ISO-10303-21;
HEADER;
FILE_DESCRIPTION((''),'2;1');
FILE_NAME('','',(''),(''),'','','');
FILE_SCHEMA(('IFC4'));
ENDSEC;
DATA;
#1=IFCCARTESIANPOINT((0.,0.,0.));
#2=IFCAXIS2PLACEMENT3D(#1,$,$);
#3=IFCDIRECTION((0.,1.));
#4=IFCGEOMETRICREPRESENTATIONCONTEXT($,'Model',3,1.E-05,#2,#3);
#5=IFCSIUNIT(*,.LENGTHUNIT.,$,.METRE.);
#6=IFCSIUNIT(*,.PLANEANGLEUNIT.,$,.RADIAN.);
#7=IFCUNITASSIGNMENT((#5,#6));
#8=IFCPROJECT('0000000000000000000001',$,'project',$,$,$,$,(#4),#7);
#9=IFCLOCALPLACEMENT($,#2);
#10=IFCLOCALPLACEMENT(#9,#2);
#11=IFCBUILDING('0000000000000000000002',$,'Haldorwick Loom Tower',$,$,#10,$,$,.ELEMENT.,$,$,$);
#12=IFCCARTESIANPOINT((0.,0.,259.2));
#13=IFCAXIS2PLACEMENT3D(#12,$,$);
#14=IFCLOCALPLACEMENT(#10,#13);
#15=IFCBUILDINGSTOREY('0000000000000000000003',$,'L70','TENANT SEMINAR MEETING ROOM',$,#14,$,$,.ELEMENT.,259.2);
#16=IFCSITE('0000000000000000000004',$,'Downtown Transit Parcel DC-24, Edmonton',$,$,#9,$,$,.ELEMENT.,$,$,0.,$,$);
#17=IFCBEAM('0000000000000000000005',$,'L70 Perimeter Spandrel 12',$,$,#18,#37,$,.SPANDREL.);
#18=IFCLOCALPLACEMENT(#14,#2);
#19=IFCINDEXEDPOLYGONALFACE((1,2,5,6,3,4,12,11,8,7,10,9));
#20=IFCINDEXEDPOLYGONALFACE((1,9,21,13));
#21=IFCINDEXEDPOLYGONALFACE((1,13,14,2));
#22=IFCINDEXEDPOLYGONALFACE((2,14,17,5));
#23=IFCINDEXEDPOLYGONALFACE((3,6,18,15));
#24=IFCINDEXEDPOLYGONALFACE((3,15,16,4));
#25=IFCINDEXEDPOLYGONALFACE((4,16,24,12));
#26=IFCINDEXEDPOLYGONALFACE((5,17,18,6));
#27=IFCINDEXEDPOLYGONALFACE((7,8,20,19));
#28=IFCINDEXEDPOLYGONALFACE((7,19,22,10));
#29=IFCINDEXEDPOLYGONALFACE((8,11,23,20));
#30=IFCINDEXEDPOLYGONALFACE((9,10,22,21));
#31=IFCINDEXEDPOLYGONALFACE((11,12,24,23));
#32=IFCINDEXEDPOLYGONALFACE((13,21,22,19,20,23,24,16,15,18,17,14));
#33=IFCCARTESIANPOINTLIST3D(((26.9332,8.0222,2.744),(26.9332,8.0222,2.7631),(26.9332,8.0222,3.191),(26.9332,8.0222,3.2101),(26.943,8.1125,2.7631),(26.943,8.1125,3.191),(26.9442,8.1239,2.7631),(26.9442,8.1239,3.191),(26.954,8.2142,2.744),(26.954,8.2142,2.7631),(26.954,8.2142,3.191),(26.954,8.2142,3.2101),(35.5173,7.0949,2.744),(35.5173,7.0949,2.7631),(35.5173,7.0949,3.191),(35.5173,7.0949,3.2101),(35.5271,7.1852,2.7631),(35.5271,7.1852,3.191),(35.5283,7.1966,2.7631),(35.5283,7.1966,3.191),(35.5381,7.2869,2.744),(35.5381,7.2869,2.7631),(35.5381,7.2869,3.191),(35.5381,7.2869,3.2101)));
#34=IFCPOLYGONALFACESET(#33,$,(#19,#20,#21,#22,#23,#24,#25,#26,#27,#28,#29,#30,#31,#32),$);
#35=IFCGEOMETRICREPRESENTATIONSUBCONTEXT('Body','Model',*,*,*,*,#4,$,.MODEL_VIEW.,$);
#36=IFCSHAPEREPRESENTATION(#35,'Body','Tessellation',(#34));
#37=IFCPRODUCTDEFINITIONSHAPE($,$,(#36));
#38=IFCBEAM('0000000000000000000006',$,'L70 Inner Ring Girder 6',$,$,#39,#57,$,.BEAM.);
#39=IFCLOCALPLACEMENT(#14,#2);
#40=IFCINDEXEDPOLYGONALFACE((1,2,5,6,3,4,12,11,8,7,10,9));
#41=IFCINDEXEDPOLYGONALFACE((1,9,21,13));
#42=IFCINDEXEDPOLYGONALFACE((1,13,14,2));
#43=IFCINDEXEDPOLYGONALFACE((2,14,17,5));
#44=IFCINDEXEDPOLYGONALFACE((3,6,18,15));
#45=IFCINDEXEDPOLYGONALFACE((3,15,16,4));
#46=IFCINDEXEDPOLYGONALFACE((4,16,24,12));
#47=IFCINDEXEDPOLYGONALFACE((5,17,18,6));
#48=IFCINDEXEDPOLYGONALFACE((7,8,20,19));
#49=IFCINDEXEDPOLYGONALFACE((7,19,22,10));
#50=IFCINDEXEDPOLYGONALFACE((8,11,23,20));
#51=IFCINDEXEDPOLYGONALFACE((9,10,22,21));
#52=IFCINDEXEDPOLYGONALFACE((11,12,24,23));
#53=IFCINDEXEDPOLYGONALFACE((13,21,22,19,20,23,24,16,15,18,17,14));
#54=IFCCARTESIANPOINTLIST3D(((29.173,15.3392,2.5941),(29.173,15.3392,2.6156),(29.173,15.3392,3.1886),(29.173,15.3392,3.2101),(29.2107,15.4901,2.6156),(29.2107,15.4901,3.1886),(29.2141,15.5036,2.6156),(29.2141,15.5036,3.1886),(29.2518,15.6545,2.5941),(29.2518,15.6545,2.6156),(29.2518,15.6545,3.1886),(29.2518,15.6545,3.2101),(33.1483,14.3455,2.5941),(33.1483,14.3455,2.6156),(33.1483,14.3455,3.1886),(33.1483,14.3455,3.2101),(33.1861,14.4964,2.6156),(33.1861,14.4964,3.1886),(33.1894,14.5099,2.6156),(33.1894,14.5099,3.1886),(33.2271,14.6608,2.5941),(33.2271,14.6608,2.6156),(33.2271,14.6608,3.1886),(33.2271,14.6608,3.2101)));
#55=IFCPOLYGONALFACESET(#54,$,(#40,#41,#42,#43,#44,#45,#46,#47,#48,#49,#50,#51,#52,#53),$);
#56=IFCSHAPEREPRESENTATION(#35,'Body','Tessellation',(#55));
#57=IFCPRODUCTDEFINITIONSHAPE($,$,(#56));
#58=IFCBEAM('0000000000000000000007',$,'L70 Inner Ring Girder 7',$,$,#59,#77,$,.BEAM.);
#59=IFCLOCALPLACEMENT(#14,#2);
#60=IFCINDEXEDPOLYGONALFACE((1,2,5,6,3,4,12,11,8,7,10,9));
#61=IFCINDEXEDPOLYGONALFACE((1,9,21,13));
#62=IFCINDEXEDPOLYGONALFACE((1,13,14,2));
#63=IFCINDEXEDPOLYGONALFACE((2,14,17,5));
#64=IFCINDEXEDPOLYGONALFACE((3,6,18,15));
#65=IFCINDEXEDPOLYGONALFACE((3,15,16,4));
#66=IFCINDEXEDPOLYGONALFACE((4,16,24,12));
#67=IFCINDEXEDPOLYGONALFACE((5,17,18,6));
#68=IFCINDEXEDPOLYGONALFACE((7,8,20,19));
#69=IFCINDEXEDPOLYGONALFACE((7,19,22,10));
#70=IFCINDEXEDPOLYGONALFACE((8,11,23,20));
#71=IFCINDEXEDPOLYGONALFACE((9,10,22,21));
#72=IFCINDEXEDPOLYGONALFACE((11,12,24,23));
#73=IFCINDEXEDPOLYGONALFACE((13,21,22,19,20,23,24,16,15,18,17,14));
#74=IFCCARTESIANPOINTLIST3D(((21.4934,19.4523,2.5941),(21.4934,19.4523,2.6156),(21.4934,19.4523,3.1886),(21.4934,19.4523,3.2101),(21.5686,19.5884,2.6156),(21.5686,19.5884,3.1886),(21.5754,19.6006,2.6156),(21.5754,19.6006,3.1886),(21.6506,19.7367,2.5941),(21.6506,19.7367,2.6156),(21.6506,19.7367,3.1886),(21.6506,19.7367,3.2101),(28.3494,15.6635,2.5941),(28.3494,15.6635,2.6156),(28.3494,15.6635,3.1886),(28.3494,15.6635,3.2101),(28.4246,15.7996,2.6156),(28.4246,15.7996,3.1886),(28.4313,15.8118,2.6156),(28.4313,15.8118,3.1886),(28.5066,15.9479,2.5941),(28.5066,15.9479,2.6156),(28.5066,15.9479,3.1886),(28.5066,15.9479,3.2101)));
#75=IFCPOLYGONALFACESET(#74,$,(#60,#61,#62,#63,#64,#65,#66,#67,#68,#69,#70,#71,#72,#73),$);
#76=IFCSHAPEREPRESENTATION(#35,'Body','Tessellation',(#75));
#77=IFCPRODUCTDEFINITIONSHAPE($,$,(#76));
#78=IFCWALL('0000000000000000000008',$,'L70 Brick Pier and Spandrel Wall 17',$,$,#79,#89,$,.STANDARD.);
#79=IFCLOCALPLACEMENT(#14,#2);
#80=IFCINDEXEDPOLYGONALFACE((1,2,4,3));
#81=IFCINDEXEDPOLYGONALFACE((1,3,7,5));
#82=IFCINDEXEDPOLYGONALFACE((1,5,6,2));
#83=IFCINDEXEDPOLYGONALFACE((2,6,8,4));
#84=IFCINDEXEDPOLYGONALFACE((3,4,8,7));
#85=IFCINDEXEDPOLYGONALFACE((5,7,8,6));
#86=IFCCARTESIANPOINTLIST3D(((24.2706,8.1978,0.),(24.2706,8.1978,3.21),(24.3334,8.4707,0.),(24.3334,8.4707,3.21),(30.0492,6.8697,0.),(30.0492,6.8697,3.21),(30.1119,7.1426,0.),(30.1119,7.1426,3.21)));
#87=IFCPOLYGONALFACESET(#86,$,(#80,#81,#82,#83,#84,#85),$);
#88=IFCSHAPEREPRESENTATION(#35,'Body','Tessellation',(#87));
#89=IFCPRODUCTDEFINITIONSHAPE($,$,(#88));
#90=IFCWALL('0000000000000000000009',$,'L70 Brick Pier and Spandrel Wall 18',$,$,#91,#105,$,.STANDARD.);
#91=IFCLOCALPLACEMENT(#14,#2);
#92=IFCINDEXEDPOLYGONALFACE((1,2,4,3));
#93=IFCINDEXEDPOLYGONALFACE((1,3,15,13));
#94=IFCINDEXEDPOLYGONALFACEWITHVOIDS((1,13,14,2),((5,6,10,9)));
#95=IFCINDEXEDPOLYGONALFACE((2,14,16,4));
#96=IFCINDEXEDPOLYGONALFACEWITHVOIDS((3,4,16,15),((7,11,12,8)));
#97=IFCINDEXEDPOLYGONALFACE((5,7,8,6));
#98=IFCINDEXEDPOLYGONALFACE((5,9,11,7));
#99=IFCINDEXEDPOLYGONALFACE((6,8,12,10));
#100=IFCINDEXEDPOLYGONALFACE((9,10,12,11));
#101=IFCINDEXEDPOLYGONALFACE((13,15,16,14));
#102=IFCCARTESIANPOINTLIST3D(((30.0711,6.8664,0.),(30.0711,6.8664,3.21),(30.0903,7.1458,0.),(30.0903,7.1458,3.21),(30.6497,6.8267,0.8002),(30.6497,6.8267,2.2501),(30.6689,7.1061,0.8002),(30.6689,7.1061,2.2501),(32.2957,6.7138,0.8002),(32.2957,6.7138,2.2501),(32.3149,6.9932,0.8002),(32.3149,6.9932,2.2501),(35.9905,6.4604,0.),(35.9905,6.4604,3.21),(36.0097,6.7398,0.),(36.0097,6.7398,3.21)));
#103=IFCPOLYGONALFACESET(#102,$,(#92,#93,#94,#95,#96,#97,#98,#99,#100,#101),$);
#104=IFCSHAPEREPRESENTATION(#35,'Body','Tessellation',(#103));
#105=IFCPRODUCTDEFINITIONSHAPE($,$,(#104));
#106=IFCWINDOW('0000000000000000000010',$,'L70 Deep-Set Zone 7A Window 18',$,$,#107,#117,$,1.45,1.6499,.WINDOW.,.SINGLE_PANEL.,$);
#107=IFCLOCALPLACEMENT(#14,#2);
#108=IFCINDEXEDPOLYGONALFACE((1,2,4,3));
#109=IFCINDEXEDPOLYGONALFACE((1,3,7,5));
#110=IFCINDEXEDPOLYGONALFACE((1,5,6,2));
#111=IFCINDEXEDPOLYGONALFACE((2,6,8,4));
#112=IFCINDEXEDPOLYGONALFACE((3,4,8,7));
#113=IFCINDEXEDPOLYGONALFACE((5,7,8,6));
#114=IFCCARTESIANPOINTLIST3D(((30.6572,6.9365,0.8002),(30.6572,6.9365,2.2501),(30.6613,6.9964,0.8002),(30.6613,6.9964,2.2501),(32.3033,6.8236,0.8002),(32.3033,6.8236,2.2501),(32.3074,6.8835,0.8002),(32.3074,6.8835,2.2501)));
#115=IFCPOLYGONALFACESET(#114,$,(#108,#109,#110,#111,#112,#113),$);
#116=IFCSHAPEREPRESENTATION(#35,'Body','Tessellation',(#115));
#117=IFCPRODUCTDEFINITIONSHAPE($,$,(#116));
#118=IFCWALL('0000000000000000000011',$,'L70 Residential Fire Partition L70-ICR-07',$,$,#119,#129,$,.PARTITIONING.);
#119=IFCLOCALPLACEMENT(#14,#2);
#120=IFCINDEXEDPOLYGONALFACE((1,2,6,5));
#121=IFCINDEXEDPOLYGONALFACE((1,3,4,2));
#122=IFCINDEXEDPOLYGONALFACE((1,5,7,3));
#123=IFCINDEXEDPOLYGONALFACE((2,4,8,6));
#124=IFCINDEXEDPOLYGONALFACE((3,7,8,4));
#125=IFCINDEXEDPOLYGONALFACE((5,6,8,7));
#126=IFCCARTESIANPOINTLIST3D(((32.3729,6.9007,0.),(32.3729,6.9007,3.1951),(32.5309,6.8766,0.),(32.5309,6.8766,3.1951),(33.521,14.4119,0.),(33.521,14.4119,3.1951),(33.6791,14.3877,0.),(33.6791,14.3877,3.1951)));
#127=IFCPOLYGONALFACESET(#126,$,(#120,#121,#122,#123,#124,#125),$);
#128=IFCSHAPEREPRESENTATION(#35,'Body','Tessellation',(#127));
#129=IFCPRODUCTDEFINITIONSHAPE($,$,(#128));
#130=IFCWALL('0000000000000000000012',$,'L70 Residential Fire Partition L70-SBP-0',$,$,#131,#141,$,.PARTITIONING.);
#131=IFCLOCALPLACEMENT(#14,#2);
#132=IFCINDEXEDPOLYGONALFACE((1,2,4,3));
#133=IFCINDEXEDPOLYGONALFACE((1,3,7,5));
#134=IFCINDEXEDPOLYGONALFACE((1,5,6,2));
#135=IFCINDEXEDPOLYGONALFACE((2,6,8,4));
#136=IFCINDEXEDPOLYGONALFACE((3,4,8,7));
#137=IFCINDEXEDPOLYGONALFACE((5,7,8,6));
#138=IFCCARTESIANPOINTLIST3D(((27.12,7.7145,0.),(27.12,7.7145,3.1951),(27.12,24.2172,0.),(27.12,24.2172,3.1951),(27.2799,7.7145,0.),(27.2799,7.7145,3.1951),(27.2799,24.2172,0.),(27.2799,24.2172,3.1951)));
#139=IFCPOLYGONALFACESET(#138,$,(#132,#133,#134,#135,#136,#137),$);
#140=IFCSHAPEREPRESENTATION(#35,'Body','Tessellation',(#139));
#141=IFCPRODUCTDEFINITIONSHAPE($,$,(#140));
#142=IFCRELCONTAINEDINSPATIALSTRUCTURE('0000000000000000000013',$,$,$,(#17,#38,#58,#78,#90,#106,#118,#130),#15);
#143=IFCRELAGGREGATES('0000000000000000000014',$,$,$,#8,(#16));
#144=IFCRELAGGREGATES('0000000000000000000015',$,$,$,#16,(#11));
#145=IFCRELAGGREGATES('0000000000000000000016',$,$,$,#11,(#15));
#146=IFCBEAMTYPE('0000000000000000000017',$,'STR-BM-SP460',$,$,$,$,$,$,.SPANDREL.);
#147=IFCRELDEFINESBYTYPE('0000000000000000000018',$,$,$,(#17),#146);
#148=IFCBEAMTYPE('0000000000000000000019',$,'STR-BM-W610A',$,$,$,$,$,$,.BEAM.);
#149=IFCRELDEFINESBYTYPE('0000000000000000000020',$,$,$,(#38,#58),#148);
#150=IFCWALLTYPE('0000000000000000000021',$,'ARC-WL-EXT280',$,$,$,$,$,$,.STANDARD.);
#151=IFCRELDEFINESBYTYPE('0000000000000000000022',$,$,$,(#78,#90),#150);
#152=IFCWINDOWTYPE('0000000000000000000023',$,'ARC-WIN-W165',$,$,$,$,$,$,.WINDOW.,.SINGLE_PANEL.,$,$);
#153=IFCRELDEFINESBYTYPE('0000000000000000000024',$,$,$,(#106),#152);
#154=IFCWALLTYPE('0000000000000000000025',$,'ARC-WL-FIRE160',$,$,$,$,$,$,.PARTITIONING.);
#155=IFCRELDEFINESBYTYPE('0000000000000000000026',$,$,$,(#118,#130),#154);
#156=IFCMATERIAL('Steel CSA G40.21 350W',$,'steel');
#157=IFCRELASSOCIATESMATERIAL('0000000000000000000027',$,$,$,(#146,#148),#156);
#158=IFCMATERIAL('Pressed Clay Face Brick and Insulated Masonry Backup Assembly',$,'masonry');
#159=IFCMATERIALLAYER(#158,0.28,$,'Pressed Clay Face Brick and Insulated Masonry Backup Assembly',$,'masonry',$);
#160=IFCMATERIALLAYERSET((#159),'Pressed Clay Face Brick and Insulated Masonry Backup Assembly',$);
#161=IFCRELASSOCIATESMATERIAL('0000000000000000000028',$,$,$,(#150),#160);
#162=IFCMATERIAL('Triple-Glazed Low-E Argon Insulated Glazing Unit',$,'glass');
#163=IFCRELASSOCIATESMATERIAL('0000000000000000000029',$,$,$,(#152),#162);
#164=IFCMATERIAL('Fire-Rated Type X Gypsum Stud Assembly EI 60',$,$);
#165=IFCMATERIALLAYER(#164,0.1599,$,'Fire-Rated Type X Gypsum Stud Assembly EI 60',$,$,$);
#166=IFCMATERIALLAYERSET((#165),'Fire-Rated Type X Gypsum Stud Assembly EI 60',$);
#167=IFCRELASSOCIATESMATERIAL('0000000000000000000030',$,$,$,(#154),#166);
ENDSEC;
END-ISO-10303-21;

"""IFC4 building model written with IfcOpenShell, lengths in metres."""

from ifc_helpers import new_model, si_unit, direction, frame, frame_2d, origin, origin_2d, place, context, subcontext, project, spatial, rectangle, i_section, extrude, material, layer, layer_set, material_profile, profile_set, type_object, element, fill, save


model = new_model("IFC4")

# Units and contexts
model_context = context("Model", 3, precision=1e-05, world=origin(), true_north=direction((0.0, 1.0)))
body_context = subcontext(model_context, "Body", "Model", "MODEL_VIEW")
ifc_project = project(units=[si_unit("LENGTHUNIT", "METRE"), si_unit("PLANEANGLEUNIT", "RADIAN")], contexts=[model_context])

# Site, building, storey
site_placement = place(None, origin())
site = spatial("IfcSite", under=ifc_project, at=site_placement, Name="Downtown Transit Parcel DC-24, Edmonton", CompositionType="ELEMENT", RefElevation=0.0)
building_placement = place(site_placement, origin())
building = spatial("IfcBuilding", under=site, at=building_placement, Name="Haldorwick Loom Tower", CompositionType="ELEMENT")
storey_placement = place(building_placement, frame((0.0, 0.0, 259.2)))
storey = spatial("IfcBuildingStorey", under=building, at=storey_placement, Name="L70", Description="TENANT SEMINAR MEETING ROOM", CompositionType="ELEMENT", Elevation=259.2)

# Beams
ifc_material_1 = material(Name="Steel CSA G40.21 350W", Category="steel")
ifc_material_profile_1 = material_profile(ifc_material_1, i_section(OverallWidth=0.1931, OverallDepth=0.4661, WebThickness=0.0115, FlangeThickness=0.019, at=origin_2d()), Name="W460X97", Category="steel")
ifc_profile_set_1 = profile_set([ifc_material_profile_1], Name="Steel CSA G40.21 350W")
beam_type_1 = type_object("IfcBeamType", Name="STR-BM-SP460", PredefinedType="SPANDREL", material=ifc_profile_set_1)
beam_1_placement = place(storey_placement, frame((26.9436, 8.1182, 2.9771), z_axis=(0.994216, -0.107396, 0.0), x_axis=(0.107396, 0.994216, 0.0)))
element("IfcBeam", 1, at=beam_1_placement, inside=storey, type_object=beam_type_1, Name="L70 Perimeter Spandrel 12", PredefinedType="SPANDREL", context=body_context, shape_type="SweptSolid", body=[
    extrude(i_section(OverallWidth=0.1931, OverallDepth=0.4661, WebThickness=0.0115, FlangeThickness=0.019, at=origin_2d()), origin(), (0.0, 0.0, 1.0), 8.634),
])
ifc_material_profile_2 = material_profile(ifc_material_1, i_section(OverallWidth=0.325, OverallDepth=0.616, WebThickness=0.0139, FlangeThickness=0.0215, at=origin_2d()), Name="W610X174", Category="steel")
ifc_profile_set_2 = profile_set([ifc_material_profile_2], Name="Steel CSA G40.21 350W")
beam_type_2 = type_object("IfcBeamType", Name="STR-BM-W610A", PredefinedType="BEAM", material=ifc_profile_set_2)
beam_2_placement = place(storey_placement, frame((33.1877, 14.5032, 2.9021), z_axis=(-0.970153, 0.242494, 0.0), x_axis=(-0.242494, -0.970153, 0.0)))
element("IfcBeam", 2, at=beam_2_placement, inside=storey, type_object=beam_type_2, Name="L70 Inner Ring Girder 6", PredefinedType="BEAM", context=body_context, shape_type="SweptSolid", body=[
    extrude(i_section(OverallWidth=0.325, OverallDepth=0.616, WebThickness=0.0139, FlangeThickness=0.0215, at=origin_2d()), origin(), (0.0, 0.0, 1.0), 4.0977),
])
beam_3_placement = place(storey_placement, frame((28.428, 15.8057, 2.9021), z_axis=(-0.875242, 0.483686, 0.0), x_axis=(-0.483686, -0.875242, 0.0)))
element("IfcBeam", 3, at=beam_3_placement, inside=storey, type_object=beam_type_2, Name="L70 Inner Ring Girder 7", PredefinedType="BEAM", context=body_context, shape_type="SweptSolid", body=[
    extrude(i_section(OverallWidth=0.325, OverallDepth=0.616, WebThickness=0.0139, FlangeThickness=0.0215, at=origin_2d()), origin(), (0.0, 0.0, 1.0), 7.8333),
])

# Wall
ifc_material_2 = material(Name="Pressed Clay Face Brick and Insulated Masonry Backup Assembly", Category="masonry")
ifc_layer_1 = layer(ifc_material_2, 0.28, Name="Pressed Clay Face Brick and Insulated Masonry Backup Assembly", Category="masonry")
ifc_layer_set_1 = layer_set([ifc_layer_1], Name="Pressed Clay Face Brick and Insulated Masonry Backup Assembly")
wall_type_1 = type_object("IfcWallType", Name="ARC-WL-EXT280", PredefinedType="STANDARD", material=ifc_layer_set_1)
wall_1_placement = place(storey_placement, frame((24.302, 8.3342, 0.0), z_axis=(0.0, 0.0, 1.0), x_axis=(0.97459, -0.223996, 0.0)))
element("IfcWall", 4, at=wall_1_placement, inside=storey, type_object=wall_type_1, Name="L70 Brick Pier and Spandrel Wall 17", PredefinedType="STANDARD", context=body_context, shape_type="SweptSolid", body=[
    extrude(rectangle(XDim=5.9292, YDim=0.28, at=frame_2d((2.9646, 0.0))), origin(), (0.0, 0.0, 1.0), 3.21),
])

# Wall, opening, window
wall_2_placement = place(storey_placement, frame((30.0806, 7.0061, 0.0), z_axis=(0.0, 0.0, 1.0), x_axis=(0.997656, -0.068428, 0.0)))
wall_2 = element("IfcWall", 5, at=wall_2_placement, inside=storey, type_object=wall_type_1, Name="L70 Brick Pier and Spandrel Wall 18", PredefinedType="STANDARD", context=body_context, shape_type="SweptSolid", body=[
    extrude(rectangle(XDim=5.9333, YDim=0.28, at=frame_2d((2.9668, 0.0))), origin(), (0.0, 0.0, 1.0), 3.21),
])
opening_placement = place(wall_2_placement, frame((0.5801, 0.0, 0.8)))
opening = element("IfcOpeningElement", 6, at=opening_placement, cuts=wall_2, PredefinedType="OPENING", context=body_context, shape_type="SweptSolid", body=[
    extrude(rectangle(XDim=1.6499, YDim=1.45, at=frame_2d((0.825, 0.7251))), frame((0.0, 0.1499, 0.0), z_axis=(0.0, -1.0, 0.0), x_axis=(1.0, 0.0, 0.0)), (0.0, 0.0, 1.0), 0.3),
])
ifc_material_3 = material(Name="Triple-Glazed Low-E Argon Insulated Glazing Unit", Category="glass")
window_type = type_object("IfcWindowType", Name="ARC-WIN-W165", PartitioningType="SINGLE_PANEL", PredefinedType="WINDOW", material=ifc_material_3)
window_placement = place(opening_placement, origin())
window = element("IfcWindow", 7, at=window_placement, inside=storey, type_object=window_type, Name="L70 Deep-Set Zone 7A Window 18", OverallHeight=1.45, OverallWidth=1.6499, PartitioningType="SINGLE_PANEL", PredefinedType="WINDOW", context=body_context, shape_type="SweptSolid", body=[
    extrude(rectangle(XDim=1.6499, YDim=1.45, at=frame_2d((0.825, 0.7251))), frame((0.0, 0.03, 0.0), z_axis=(0.0, -1.0, 0.0), x_axis=(1.0, 0.0, 0.0)), (0.0, 0.0, 1.0), 0.0601),
])
fill(opening, window)

# Walls
ifc_material_4 = material(Name="Fire-Rated Type X Gypsum Stud Assembly EI 60")
ifc_layer_2 = layer(ifc_material_4, 0.1599, Name="Fire-Rated Type X Gypsum Stud Assembly EI 60")
ifc_layer_set_2 = layer_set([ifc_layer_2], Name="Fire-Rated Type X Gypsum Stud Assembly EI 60")
wall_type_2 = type_object("IfcWallType", Name="ARC-WL-FIRE160", PredefinedType="PARTITIONING", material=ifc_layer_set_2)
wall_3_placement = place(storey_placement, frame((33.6001, 14.3999, 0.0), z_axis=(0.0, 0.0, 1.0), x_axis=(-0.151108, -0.988517, 0.0)))
element("IfcWall", 8, at=wall_3_placement, inside=storey, type_object=wall_type_2, Name="L70 Residential Fire Partition L70-ICR-07", PredefinedType="PARTITIONING", context=body_context, shape_type="SweptSolid", body=[
    extrude(rectangle(XDim=7.5984, YDim=0.1599, at=frame_2d((3.7993, 0.0))), origin(), (0.0, 0.0, 1.0), 3.1951),
])
wall_4_placement = place(storey_placement, frame((27.2, 7.7144, 0.0), z_axis=(0.0, 0.0, 1.0), x_axis=(0.0, 1.0, 0.0)))
element("IfcWall", 9, at=wall_4_placement, inside=storey, type_object=wall_type_2, Name="L70 Residential Fire Partition L70-SBP-0", PredefinedType="PARTITIONING", context=body_context, shape_type="SweptSolid", body=[
    extrude(rectangle(XDim=16.5027, YDim=0.1599, at=frame_2d((8.2515, 0.0))), origin(), (0.0, 0.0, 1.0), 3.1951),
])

save(model, "model.ifc")
